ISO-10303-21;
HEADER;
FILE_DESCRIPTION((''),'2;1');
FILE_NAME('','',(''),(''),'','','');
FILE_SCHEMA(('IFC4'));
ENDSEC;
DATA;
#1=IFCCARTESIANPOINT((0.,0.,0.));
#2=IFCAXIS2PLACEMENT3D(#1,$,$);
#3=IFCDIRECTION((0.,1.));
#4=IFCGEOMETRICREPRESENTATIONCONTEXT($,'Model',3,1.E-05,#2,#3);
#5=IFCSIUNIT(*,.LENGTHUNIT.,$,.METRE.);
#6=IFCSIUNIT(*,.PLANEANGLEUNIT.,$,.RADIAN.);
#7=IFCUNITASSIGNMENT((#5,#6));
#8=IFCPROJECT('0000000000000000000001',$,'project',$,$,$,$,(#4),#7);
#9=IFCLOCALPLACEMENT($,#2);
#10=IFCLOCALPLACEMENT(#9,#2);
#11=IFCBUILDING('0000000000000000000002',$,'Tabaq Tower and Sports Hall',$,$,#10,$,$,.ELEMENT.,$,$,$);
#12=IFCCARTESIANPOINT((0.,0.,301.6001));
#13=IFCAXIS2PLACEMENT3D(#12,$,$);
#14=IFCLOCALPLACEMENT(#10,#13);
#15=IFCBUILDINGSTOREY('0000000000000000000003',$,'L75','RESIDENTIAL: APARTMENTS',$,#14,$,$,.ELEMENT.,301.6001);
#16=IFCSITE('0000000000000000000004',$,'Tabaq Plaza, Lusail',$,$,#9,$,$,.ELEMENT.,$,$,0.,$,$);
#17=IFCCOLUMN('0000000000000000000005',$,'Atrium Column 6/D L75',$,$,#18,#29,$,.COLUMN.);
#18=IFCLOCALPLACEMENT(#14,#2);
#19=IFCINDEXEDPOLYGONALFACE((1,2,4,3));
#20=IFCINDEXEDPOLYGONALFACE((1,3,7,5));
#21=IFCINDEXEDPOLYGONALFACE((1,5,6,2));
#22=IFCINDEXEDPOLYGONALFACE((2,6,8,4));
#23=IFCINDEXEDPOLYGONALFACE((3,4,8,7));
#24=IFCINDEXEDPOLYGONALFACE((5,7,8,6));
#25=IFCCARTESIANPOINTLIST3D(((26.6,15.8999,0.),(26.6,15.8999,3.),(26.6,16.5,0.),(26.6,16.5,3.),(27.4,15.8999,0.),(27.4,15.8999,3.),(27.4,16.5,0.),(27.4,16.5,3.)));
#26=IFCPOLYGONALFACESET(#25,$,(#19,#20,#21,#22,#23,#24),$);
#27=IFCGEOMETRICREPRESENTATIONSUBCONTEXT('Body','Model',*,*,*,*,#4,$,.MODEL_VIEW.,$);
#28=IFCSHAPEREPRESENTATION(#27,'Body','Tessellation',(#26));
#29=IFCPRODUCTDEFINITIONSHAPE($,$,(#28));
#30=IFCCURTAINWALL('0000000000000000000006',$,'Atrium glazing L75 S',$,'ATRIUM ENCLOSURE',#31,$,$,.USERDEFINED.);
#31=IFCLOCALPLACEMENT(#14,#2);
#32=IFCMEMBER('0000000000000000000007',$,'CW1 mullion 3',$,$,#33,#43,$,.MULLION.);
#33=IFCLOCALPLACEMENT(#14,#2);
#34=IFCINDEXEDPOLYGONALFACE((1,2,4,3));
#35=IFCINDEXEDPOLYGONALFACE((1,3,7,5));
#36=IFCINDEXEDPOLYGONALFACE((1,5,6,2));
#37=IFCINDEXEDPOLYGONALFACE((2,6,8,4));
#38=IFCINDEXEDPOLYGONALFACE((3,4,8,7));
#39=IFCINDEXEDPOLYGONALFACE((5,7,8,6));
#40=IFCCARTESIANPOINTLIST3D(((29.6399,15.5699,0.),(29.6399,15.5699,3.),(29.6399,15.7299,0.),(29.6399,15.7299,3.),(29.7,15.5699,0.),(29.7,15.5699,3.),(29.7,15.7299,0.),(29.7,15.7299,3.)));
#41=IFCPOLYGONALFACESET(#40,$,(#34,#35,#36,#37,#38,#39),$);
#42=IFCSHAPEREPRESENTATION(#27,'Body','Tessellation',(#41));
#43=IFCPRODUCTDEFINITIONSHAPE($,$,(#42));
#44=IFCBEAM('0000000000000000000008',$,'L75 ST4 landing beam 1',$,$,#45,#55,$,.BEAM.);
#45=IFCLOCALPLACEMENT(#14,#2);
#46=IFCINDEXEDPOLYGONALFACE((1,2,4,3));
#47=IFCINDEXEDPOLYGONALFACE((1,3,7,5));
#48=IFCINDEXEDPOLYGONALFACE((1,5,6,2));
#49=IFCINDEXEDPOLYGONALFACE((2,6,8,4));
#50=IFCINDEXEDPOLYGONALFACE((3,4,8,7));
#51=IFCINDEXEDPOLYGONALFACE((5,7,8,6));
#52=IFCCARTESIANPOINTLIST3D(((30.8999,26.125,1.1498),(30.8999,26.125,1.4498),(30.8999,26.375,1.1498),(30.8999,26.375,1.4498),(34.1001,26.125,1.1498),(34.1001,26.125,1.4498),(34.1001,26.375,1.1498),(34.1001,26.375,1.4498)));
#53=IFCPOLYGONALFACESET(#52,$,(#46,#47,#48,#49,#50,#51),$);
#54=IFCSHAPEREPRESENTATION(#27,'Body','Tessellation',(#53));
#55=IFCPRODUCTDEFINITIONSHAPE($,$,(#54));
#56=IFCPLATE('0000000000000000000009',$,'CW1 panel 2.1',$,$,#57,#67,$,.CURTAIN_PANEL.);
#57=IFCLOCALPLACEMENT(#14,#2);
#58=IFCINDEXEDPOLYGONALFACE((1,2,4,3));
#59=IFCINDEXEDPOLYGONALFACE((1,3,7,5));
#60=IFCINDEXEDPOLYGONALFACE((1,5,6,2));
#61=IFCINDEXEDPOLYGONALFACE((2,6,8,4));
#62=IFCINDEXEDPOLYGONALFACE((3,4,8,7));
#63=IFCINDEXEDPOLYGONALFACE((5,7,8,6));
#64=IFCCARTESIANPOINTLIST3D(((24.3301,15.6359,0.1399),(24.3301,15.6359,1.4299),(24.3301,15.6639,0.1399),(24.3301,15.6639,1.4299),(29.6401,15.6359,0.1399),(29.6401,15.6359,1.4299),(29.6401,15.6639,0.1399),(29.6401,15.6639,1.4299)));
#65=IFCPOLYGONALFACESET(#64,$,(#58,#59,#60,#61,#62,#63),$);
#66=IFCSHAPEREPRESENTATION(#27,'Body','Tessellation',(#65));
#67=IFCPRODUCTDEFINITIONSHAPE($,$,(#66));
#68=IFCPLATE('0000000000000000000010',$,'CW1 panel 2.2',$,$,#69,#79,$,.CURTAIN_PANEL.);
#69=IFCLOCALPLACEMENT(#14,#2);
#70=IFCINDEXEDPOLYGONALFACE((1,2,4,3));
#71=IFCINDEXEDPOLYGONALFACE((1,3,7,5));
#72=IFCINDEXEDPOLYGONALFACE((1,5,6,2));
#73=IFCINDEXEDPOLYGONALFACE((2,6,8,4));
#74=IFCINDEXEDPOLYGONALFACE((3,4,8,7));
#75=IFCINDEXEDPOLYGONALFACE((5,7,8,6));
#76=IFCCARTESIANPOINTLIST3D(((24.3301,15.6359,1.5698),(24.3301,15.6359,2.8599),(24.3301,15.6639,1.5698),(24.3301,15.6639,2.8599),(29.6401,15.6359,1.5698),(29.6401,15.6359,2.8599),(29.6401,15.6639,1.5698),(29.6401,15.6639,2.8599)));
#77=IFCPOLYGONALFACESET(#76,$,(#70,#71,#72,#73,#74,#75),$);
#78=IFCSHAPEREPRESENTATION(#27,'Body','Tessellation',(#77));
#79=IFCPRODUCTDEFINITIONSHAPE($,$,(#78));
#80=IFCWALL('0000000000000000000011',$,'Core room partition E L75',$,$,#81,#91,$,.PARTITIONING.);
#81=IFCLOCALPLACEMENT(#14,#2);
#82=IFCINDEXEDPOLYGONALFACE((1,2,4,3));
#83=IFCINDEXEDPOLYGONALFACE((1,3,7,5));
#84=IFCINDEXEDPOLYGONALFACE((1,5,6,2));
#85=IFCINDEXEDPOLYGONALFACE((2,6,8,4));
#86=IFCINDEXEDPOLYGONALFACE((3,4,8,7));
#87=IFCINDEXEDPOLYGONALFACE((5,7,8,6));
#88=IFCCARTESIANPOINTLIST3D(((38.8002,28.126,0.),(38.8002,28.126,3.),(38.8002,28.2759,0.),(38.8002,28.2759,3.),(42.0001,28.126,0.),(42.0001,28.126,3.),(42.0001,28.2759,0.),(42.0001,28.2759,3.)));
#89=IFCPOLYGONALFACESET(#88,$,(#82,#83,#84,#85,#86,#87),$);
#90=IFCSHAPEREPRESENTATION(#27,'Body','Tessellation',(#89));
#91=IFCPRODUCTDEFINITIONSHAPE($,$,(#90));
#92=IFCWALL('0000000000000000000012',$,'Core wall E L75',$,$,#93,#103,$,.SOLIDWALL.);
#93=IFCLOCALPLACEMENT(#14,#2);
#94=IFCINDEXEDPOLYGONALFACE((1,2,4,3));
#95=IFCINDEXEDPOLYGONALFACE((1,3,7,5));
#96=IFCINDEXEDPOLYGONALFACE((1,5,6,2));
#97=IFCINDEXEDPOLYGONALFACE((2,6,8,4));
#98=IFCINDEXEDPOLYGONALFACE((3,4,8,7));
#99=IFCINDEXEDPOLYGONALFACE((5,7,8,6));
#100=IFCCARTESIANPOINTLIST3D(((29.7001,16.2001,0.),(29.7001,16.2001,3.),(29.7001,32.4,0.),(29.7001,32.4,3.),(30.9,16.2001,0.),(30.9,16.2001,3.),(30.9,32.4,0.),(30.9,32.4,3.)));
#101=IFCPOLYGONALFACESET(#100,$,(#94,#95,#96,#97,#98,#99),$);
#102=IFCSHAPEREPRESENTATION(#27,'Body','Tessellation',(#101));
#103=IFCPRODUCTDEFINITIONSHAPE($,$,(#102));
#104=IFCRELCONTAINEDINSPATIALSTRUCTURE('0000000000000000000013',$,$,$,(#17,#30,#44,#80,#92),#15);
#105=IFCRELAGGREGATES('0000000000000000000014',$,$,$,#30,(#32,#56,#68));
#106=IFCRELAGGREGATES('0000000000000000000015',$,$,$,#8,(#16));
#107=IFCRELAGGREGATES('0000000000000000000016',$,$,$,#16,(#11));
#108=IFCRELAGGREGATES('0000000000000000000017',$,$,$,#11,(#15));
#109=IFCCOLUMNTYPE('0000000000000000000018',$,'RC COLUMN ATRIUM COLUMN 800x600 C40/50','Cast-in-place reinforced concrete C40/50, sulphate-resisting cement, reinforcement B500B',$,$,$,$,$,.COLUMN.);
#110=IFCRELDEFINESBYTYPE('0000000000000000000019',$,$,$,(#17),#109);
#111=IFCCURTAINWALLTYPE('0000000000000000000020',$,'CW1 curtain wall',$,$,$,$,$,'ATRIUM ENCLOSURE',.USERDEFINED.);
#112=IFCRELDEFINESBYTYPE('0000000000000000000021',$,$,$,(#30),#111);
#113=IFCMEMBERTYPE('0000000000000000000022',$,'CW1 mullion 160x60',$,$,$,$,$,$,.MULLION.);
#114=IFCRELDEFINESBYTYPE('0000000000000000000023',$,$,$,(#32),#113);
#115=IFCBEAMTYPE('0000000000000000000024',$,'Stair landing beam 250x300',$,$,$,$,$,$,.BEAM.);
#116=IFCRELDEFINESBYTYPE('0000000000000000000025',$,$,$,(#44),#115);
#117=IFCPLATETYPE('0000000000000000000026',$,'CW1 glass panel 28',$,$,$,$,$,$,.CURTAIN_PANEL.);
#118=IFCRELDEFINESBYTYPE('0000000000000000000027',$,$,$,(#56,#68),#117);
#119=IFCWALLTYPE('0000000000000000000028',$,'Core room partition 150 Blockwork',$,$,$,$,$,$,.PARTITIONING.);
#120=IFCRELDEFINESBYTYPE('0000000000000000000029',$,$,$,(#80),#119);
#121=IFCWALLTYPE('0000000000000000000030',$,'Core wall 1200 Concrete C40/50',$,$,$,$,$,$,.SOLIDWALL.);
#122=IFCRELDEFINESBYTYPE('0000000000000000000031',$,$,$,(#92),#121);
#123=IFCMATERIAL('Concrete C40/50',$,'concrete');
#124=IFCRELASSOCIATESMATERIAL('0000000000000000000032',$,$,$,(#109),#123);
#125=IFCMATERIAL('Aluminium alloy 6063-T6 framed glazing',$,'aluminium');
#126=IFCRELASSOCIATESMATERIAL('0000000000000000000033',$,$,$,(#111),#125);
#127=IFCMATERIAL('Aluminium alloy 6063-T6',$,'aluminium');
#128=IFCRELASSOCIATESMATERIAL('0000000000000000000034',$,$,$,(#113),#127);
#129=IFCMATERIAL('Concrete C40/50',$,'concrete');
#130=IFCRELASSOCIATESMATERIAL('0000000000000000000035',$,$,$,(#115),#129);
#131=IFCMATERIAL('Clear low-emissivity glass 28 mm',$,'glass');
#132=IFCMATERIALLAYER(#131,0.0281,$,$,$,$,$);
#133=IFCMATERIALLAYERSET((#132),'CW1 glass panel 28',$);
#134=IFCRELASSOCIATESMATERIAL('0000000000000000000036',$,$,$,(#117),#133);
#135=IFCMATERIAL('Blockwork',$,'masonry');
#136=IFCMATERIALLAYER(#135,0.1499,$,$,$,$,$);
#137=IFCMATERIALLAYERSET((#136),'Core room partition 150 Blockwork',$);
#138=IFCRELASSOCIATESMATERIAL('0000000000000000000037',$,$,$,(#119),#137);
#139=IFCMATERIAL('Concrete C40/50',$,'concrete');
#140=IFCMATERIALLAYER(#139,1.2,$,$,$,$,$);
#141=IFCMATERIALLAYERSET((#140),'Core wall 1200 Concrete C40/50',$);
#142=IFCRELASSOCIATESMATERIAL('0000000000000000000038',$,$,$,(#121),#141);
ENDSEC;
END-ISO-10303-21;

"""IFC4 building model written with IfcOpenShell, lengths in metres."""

from ifc_helpers import new_model, si_unit, direction, frame, frame_2d, origin, origin_2d, place, context, subcontext, project, spatial, rectangle, extrude, material, layer, layer_set, material_profile, profile_set, type_object, element, aggregate, save


model = new_model("IFC4")

# Units and contexts
model_context = context("Model", 3, precision=1e-05, world=origin(), true_north=direction((0.0, 1.0)))
body_context = subcontext(model_context, "Body", "Model", "MODEL_VIEW")
ifc_project = project(units=[si_unit("LENGTHUNIT", "METRE"), si_unit("PLANEANGLEUNIT", "RADIAN")], contexts=[model_context])

# Site, building, storey
site_placement = place(None, origin())
site = spatial("IfcSite", under=ifc_project, at=site_placement, Name="Tabaq Plaza, Lusail", CompositionType="ELEMENT", RefElevation=0.0)
building_placement = place(site_placement, origin())
building = spatial("IfcBuilding", under=site, at=building_placement, Name="Tabaq Tower and Sports Hall", CompositionType="ELEMENT")
storey_placement = place(building_placement, frame((0.0, 0.0, 301.6001)))
storey = spatial("IfcBuildingStorey", under=building, at=storey_placement, Name="L75", Description="RESIDENTIAL: APARTMENTS", CompositionType="ELEMENT", Elevation=301.6001)

# Column
ifc_material_1 = material(Name="Concrete C40/50", Category="concrete")
ifc_material_profile_1 = material_profile(ifc_material_1, rectangle(XDim=0.8, YDim=0.6001, at=origin_2d()), Name="ATRIUM COLUMN 800x600")
ifc_profile_set_1 = profile_set([ifc_material_profile_1], Name="Concrete C40/50")
column_type = type_object("IfcColumnType", Name="RC COLUMN ATRIUM COLUMN 800x600 C40/50", Description="Cast-in-place reinforced concrete C40/50, sulphate-resisting cement, reinforcement B500B", PredefinedType="COLUMN", material=ifc_profile_set_1)
column_placement = place(storey_placement, frame((27.0, 16.2, 0.0), z_axis=(0.0, 0.0, 1.0), x_axis=(1.0, 0.0, 0.0)))
element("IfcColumn", 1, at=column_placement, inside=storey, type_object=column_type, Name="Atrium Column 6/D L75", PredefinedType="COLUMN", context=body_context, shape_type="SweptSolid", body=[
    extrude(rectangle(XDim=0.8, YDim=0.6001, at=origin_2d()), origin(), (0.0, 0.0, 1.0), 3.0),
])

# Curtain wall, member
ifc_material_2 = material(Name="Aluminium alloy 6063-T6 framed glazing", Category="aluminium")
curtain_wall_type = type_object("IfcCurtainWallType", Name="CW1 curtain wall", ElementType="ATRIUM ENCLOSURE", PredefinedType="USERDEFINED", material=ifc_material_2)
curtain_wall_placement = place(storey_placement, origin())
curtain_wall = element("IfcCurtainWall", 2, at=curtain_wall_placement, inside=storey, type_object=curtain_wall_type, Name="Atrium glazing L75 S", ObjectType="ATRIUM ENCLOSURE", PredefinedType="USERDEFINED")
ifc_material_3 = material(Name="Aluminium alloy 6063-T6", Category="aluminium")
ifc_material_profile_2 = material_profile(ifc_material_3, rectangle(XDim=0.1599, YDim=0.0601, at=origin_2d()), Name="MULLION 160x60")
ifc_profile_set_2 = profile_set([ifc_material_profile_2], Name="Aluminium alloy 6063-T6")
member_type = type_object("IfcMemberType", Name="CW1 mullion 160x60", PredefinedType="MULLION", material=ifc_profile_set_2)
member_placement = place(storey_placement, frame((29.6699, 15.6499, 0.0), z_axis=(0.0, 0.0, 1.0), x_axis=(0.0, 1.0, 0.0)))
member = element("IfcMember", 3, at=member_placement, type_object=member_type, Name="CW1 mullion 3", PredefinedType="MULLION", context=body_context, shape_type="SweptSolid", body=[
    extrude(rectangle(XDim=0.1599, YDim=0.0601, at=origin_2d()), origin(), (0.0, 0.0, 1.0), 3.0),
])

# Beam
ifc_material_4 = material(Name="Concrete C40/50", Category="concrete")
ifc_material_profile_3 = material_profile(ifc_material_4, rectangle(XDim=0.25, YDim=0.3, at=origin_2d()), Name="RC 250x300")
ifc_profile_set_3 = profile_set([ifc_material_profile_3], Name="Concrete C40/50")
beam_type = type_object("IfcBeamType", Name="Stair landing beam 250x300", PredefinedType="BEAM", material=ifc_profile_set_3)
beam_placement = place(storey_placement, frame((30.8999, 26.25, 1.2998), z_axis=(1.0, 0.0, 0.0), x_axis=(0.0, 1.0, 0.0)))
element("IfcBeam", 4, at=beam_placement, inside=storey, type_object=beam_type, Name="L75 ST4 landing beam 1", PredefinedType="BEAM", context=body_context, shape_type="SweptSolid", body=[
    extrude(rectangle(XDim=0.25, YDim=0.3, at=origin_2d()), origin(), (0.0, 0.0, 1.0), 3.2002),
])

# Plates
ifc_material_5 = material(Name="Clear low-emissivity glass 28 mm", Category="glass")
ifc_layer_1 = layer(ifc_material_5, 0.0281)
ifc_layer_set_1 = layer_set([ifc_layer_1], Name="CW1 glass panel 28")
plate_type = type_object("IfcPlateType", Name="CW1 glass panel 28", PredefinedType="CURTAIN_PANEL", material=ifc_layer_set_1)
plate_1_placement = place(storey_placement, frame((26.9851, 15.6499, 0.1399), z_axis=(0.0, 0.0, 1.0), x_axis=(1.0, 0.0, 0.0)))
plate_1 = element("IfcPlate", 5, at=plate_1_placement, type_object=plate_type, Name="CW1 panel 2.1", PredefinedType="CURTAIN_PANEL", context=body_context, shape_type="SweptSolid", body=[
    extrude(rectangle(XDim=5.3101, YDim=0.0281, at=origin_2d()), origin(), (0.0, 0.0, 1.0), 1.29),
])
plate_2_placement = place(storey_placement, frame((26.9851, 15.6499, 1.5698), z_axis=(0.0, 0.0, 1.0), x_axis=(1.0, 0.0, 0.0)))
plate_2 = element("IfcPlate", 6, at=plate_2_placement, type_object=plate_type, Name="CW1 panel 2.2", PredefinedType="CURTAIN_PANEL", context=body_context, shape_type="SweptSolid", body=[
    extrude(rectangle(XDim=5.3101, YDim=0.0281, at=origin_2d()), origin(), (0.0, 0.0, 1.0), 1.29),
])
aggregate(curtain_wall, [member, plate_1, plate_2])

# Walls
ifc_material_6 = material(Name="Blockwork", Category="masonry")
ifc_layer_2 = layer(ifc_material_6, 0.1499)
ifc_layer_set_2 = layer_set([ifc_layer_2], Name="Core room partition 150 Blockwork")
wall_type_1 = type_object("IfcWallType", Name="Core room partition 150 Blockwork", PredefinedType="PARTITIONING", material=ifc_layer_set_2)
wall_1_placement = place(storey_placement, frame((38.8, 28.2009, 0.0), z_axis=(0.0, 0.0, 1.0), x_axis=(1.0, 0.0, 0.0)))
element("IfcWall", 7, at=wall_1_placement, inside=storey, type_object=wall_type_1, Name="Core room partition E L75", PredefinedType="PARTITIONING", context=body_context, shape_type="SweptSolid", body=[
    extrude(rectangle(XDim=3.2, YDim=0.1499, at=frame_2d((1.6001, 0.0))), origin(), (0.0, 0.0, 1.0), 3.0),
])
ifc_material_7 = material(Name="Concrete C40/50", Category="concrete")
ifc_layer_3 = layer(ifc_material_7, 1.2)
ifc_layer_set_3 = layer_set([ifc_layer_3], Name="Core wall 1200 Concrete C40/50")
wall_type_2 = type_object("IfcWallType", Name="Core wall 1200 Concrete C40/50", PredefinedType="SOLIDWALL", material=ifc_layer_set_3)
wall_2_placement = place(storey_placement, frame((30.3, 16.2, 0.0), z_axis=(0.0, 0.0, 1.0), x_axis=(0.0, 1.0, 0.0)))
element("IfcWall", 8, at=wall_2_placement, inside=storey, type_object=wall_type_2, Name="Core wall E L75", PredefinedType="SOLIDWALL", context=body_context, shape_type="SweptSolid", body=[
    extrude(rectangle(XDim=16.2, YDim=1.2, at=frame_2d((8.1001, 0.0))), origin(), (0.0, 0.0, 1.0), 3.0),
])

save(model, "model.ifc")
